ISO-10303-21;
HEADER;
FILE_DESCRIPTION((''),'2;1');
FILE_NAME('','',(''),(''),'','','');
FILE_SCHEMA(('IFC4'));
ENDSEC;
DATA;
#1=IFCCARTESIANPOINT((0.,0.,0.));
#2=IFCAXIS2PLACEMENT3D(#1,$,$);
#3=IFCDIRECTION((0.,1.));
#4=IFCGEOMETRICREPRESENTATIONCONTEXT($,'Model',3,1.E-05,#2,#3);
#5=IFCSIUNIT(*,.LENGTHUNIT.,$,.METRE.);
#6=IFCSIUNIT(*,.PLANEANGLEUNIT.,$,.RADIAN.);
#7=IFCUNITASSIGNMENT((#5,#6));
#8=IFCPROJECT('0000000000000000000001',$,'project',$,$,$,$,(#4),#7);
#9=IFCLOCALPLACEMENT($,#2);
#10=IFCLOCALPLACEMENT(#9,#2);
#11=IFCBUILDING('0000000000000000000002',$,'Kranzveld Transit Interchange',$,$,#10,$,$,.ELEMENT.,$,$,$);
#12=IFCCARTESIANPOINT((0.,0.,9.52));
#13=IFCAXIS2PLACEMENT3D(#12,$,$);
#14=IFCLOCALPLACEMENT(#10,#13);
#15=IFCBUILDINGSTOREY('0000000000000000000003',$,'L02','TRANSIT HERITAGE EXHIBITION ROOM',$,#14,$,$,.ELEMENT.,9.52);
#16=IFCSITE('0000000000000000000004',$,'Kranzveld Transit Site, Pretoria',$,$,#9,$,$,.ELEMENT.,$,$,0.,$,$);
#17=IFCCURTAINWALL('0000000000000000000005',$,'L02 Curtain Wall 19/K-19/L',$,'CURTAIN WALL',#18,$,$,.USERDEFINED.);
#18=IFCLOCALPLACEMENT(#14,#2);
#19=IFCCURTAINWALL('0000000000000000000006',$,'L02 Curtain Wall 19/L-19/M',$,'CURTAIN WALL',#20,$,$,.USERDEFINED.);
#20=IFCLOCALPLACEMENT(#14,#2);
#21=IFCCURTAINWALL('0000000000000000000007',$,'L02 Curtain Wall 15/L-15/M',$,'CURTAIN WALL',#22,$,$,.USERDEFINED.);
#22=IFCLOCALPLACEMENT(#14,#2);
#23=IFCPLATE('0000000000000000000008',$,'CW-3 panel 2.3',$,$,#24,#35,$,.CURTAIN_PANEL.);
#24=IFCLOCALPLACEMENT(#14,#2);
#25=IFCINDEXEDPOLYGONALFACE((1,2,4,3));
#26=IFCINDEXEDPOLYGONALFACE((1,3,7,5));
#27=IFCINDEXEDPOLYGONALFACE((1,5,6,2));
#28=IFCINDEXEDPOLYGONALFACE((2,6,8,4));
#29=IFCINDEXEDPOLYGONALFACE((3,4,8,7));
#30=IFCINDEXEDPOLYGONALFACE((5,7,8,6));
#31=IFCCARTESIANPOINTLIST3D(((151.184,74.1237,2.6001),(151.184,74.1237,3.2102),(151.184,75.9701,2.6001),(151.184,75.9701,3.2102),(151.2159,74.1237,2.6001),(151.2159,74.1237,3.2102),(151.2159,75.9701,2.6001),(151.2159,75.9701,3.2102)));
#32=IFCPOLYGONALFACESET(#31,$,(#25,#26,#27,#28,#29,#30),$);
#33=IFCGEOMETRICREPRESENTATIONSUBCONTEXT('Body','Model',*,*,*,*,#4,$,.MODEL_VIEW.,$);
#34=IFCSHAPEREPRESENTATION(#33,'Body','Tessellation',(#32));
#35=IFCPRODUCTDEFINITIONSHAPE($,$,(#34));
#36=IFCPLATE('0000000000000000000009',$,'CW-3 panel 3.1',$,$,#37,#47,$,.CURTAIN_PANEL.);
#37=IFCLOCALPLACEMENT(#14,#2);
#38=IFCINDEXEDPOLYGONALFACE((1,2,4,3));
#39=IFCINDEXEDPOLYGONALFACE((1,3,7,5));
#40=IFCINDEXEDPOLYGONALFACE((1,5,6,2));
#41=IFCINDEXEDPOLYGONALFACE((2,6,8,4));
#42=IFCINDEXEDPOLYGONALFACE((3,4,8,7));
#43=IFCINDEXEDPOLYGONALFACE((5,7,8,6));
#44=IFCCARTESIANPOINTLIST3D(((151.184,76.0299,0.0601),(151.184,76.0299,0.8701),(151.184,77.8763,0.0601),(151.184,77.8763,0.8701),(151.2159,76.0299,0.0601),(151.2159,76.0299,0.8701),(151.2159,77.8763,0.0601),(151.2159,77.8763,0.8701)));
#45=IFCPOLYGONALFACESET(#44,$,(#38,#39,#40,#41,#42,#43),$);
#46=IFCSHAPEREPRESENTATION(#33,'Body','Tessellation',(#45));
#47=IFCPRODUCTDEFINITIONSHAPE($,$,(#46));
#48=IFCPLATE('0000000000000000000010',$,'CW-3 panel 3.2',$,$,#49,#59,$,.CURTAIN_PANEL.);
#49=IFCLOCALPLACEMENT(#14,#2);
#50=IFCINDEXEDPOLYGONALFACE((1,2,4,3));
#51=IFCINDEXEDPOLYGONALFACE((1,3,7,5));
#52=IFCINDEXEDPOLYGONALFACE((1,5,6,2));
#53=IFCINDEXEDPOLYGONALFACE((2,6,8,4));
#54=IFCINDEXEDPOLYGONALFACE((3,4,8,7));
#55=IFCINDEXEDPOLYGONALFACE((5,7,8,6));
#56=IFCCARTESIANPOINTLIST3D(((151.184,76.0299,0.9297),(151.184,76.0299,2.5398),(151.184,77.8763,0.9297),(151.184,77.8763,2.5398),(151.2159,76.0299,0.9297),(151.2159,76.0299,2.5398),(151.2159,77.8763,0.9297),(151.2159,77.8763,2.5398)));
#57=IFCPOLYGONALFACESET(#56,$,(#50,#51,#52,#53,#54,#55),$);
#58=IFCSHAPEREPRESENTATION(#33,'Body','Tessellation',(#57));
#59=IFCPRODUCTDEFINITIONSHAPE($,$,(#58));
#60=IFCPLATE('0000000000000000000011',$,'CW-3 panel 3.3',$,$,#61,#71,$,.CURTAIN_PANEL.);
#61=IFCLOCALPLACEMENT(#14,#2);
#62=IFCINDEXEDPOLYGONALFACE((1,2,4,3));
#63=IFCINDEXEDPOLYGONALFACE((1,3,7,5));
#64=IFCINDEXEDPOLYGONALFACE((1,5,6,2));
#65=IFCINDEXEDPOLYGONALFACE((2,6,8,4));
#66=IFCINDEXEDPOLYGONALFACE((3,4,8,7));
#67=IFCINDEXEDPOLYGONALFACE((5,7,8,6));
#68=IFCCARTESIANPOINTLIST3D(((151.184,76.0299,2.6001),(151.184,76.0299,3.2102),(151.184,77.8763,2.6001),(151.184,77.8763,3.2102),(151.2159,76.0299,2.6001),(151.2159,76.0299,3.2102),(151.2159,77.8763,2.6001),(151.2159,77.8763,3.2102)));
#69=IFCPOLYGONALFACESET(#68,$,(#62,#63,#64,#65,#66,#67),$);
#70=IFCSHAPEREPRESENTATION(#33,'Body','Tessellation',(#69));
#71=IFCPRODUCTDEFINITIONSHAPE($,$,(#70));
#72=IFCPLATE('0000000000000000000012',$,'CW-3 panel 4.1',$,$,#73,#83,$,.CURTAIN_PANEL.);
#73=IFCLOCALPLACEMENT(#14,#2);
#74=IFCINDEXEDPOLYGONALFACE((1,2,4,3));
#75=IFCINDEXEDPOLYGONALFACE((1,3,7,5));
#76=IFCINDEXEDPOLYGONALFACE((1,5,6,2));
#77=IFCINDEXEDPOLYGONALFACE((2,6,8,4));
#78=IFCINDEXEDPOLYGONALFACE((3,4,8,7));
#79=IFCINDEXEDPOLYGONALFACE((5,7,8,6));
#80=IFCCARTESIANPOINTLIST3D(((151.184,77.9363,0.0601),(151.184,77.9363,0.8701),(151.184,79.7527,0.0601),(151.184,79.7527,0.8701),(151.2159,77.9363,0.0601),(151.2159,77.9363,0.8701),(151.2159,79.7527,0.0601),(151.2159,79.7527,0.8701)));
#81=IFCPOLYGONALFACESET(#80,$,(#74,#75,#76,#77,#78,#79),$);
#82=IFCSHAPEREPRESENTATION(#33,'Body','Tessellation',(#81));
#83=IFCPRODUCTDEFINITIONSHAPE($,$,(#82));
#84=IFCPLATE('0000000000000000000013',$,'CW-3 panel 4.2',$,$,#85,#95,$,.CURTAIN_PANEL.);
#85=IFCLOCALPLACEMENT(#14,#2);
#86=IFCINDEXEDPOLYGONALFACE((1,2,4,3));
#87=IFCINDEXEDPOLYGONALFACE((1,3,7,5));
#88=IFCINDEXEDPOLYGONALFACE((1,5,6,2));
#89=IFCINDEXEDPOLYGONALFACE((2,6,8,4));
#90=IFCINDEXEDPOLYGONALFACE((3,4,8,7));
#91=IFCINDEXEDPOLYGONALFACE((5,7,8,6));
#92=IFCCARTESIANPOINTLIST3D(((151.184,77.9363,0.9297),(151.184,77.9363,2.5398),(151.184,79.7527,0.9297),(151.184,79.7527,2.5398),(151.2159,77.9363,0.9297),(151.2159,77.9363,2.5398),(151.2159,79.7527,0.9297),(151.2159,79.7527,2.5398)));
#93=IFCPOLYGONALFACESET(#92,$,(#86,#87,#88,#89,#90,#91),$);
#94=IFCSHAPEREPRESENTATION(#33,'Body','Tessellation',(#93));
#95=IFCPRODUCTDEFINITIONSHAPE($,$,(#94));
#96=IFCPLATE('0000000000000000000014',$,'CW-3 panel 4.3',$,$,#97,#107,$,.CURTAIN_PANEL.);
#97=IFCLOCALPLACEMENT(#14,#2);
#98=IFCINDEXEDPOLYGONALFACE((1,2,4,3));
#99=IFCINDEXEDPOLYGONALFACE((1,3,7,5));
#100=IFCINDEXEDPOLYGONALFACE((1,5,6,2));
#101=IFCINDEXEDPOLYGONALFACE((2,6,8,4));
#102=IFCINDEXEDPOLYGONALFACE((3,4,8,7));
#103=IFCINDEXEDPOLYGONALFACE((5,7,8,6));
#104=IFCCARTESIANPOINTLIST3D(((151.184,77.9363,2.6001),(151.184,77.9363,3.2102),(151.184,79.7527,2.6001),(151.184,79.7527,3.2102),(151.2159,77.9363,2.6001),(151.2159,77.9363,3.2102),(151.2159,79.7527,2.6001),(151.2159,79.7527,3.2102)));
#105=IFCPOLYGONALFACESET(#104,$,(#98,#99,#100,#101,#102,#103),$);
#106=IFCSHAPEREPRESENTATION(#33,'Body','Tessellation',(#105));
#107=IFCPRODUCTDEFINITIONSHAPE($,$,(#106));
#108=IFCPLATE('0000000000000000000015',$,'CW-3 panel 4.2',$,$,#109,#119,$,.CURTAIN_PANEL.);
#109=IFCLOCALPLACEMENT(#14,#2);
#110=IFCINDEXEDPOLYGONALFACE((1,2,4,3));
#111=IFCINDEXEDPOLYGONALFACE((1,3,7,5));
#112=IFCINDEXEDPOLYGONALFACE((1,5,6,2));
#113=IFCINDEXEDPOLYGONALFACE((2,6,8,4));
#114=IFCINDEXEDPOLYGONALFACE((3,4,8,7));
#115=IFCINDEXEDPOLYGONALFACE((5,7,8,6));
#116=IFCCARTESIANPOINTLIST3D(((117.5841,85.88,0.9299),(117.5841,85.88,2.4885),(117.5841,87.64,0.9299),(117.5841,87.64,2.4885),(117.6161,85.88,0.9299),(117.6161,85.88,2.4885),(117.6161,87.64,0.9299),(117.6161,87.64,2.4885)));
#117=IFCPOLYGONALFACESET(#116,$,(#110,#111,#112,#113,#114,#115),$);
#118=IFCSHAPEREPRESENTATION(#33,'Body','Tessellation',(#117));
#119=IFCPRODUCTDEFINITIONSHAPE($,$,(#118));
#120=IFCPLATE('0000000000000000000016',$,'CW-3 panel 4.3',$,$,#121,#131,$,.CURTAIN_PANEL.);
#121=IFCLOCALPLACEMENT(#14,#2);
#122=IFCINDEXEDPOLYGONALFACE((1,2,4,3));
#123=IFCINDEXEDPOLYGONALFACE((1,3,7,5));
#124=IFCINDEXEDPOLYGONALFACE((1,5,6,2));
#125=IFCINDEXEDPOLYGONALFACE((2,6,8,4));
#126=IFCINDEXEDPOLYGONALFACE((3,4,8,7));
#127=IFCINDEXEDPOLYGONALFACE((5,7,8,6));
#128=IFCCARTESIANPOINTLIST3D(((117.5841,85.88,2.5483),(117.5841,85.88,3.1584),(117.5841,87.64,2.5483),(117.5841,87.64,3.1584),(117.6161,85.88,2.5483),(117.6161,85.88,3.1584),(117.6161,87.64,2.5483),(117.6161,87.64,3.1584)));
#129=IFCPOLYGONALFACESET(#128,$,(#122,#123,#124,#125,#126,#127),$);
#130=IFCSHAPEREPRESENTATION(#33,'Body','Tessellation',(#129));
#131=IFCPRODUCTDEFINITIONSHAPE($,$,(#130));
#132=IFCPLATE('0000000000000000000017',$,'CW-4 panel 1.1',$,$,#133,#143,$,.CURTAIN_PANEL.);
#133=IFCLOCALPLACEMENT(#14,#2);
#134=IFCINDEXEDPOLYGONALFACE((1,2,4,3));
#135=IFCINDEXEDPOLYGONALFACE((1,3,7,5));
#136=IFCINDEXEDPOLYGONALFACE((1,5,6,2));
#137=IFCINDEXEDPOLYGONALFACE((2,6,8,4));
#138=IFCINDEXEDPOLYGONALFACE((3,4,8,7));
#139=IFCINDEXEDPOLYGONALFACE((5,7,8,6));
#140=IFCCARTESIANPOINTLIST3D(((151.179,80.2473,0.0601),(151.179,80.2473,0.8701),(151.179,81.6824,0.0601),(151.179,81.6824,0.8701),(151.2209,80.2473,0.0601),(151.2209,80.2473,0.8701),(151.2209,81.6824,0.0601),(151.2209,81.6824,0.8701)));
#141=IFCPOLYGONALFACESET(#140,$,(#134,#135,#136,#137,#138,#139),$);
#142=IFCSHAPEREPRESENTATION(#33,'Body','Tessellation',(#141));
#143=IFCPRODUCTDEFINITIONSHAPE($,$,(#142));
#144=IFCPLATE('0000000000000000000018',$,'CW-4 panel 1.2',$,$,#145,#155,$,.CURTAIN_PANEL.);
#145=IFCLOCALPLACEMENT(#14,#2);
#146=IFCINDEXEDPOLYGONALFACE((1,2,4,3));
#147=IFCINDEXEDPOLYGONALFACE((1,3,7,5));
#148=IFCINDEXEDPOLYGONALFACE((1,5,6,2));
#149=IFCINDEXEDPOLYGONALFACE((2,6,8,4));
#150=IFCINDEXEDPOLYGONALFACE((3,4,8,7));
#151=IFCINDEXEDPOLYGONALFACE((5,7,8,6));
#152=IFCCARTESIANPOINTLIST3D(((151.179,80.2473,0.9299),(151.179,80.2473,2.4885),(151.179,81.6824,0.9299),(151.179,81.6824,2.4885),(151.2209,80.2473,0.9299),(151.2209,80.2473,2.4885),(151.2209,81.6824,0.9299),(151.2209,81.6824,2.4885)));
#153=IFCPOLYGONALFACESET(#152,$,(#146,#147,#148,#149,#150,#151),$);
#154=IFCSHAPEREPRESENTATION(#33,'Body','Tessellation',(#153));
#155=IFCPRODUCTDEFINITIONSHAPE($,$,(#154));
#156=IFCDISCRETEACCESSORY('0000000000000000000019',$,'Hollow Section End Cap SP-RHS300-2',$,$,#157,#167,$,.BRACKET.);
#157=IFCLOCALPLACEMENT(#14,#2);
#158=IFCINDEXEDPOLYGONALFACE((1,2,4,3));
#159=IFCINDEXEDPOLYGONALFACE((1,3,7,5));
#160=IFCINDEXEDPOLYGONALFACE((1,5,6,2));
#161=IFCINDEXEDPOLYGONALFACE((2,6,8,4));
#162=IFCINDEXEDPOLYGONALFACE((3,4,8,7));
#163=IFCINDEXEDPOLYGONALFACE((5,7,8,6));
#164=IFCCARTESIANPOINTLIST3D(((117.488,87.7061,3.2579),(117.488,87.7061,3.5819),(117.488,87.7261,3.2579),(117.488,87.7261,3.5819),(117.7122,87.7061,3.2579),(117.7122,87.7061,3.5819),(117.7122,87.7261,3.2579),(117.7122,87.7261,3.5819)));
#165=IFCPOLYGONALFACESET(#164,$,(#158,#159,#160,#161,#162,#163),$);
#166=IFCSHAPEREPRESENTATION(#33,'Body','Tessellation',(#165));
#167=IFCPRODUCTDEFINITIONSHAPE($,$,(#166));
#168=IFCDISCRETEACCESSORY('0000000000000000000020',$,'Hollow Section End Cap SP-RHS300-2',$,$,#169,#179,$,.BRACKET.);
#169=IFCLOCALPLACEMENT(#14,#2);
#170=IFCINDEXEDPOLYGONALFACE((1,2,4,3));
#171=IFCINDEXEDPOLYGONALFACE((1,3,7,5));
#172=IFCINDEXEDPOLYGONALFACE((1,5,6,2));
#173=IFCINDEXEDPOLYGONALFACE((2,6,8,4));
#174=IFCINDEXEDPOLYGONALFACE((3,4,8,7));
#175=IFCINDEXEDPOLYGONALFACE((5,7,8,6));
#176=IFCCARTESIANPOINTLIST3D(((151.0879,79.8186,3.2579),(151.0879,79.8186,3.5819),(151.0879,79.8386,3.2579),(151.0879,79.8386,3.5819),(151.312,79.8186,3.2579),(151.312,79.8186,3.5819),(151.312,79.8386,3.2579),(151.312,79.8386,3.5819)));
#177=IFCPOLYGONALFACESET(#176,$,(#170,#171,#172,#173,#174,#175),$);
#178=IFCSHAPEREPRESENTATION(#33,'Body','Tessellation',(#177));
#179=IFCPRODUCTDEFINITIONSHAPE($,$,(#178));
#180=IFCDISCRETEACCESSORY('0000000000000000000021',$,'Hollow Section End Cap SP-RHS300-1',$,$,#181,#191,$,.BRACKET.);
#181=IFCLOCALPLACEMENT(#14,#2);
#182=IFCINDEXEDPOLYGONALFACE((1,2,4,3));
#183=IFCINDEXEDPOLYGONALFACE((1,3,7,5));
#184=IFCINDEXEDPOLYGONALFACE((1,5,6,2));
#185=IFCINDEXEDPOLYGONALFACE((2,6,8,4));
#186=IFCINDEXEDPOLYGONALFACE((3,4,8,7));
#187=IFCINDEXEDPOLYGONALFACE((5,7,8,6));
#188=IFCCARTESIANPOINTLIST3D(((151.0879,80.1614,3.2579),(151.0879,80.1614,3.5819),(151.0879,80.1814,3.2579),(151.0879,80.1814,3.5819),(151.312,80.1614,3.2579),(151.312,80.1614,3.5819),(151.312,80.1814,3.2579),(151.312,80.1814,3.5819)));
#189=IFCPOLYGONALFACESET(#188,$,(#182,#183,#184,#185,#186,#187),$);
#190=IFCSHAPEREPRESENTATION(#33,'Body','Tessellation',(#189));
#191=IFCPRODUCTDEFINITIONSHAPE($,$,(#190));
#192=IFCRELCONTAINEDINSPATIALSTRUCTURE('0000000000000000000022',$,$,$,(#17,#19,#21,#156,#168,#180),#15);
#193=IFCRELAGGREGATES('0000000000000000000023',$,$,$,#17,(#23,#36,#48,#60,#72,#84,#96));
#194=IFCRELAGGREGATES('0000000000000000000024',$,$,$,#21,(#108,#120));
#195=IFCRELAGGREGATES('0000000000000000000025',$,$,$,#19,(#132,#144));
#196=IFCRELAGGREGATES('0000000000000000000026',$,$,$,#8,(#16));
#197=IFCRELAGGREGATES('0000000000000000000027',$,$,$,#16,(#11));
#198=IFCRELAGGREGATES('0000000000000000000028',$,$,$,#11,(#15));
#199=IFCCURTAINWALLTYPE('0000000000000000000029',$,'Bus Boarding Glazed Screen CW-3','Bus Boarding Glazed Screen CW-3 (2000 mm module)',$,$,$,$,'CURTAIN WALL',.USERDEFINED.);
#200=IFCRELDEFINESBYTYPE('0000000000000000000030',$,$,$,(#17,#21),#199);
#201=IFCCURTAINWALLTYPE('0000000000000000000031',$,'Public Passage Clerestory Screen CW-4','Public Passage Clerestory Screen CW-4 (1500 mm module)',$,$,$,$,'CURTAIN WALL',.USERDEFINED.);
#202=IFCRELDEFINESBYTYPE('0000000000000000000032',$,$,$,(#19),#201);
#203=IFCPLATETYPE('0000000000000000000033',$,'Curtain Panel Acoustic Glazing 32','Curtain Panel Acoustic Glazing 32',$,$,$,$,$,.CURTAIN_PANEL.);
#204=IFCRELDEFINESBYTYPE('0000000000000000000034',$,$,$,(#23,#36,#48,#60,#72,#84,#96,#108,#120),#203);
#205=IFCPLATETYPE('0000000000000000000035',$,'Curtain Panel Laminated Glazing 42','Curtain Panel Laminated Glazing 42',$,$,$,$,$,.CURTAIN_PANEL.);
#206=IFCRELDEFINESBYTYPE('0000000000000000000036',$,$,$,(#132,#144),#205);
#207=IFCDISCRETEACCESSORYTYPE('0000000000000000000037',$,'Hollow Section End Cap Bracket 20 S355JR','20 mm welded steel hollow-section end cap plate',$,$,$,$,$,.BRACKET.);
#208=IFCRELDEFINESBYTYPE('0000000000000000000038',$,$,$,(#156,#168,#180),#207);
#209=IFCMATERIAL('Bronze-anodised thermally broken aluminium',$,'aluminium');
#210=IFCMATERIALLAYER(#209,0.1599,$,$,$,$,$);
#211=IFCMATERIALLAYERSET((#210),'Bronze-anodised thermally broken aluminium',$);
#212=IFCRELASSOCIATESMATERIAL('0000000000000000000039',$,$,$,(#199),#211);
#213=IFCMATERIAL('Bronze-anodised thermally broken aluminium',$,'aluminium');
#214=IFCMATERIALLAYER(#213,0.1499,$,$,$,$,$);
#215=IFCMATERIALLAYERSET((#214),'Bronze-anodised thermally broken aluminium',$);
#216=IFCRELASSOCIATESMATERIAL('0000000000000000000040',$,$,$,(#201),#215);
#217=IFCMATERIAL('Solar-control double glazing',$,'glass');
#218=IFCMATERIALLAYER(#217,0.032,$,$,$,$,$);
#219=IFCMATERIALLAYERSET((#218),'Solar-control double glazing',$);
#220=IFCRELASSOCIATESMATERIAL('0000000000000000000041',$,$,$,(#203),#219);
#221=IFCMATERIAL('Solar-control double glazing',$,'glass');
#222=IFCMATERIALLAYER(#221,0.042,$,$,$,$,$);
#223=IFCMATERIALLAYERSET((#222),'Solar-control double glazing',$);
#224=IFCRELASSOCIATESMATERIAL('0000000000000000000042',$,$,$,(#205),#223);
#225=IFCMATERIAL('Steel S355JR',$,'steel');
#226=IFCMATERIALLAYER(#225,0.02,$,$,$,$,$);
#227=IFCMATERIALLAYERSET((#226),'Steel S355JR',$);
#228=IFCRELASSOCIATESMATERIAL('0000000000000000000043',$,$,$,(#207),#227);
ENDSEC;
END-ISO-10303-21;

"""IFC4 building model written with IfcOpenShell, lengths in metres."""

from ifc_helpers import new_model, si_unit, direction, frame, origin, origin_2d, place, context, subcontext, project, spatial, rectangle, extrude, material, layer, layer_set, type_object, element, aggregate, save


model = new_model("IFC4")

# Units and contexts
model_context = context("Model", 3, precision=1e-05, world=origin(), true_north=direction((0.0, 1.0)))
body_context = subcontext(model_context, "Body", "Model", "MODEL_VIEW")
ifc_project = project(units=[si_unit("LENGTHUNIT", "METRE"), si_unit("PLANEANGLEUNIT", "RADIAN")], contexts=[model_context])

# Site, building, storey
site_placement = place(None, origin())
site = spatial("IfcSite", under=ifc_project, at=site_placement, Name="Kranzveld Transit Site, Pretoria", CompositionType="ELEMENT", RefElevation=0.0)
building_placement = place(site_placement, origin())
building = spatial("IfcBuilding", under=site, at=building_placement, Name="Kranzveld Transit Interchange", CompositionType="ELEMENT")
storey_placement = place(building_placement, frame((0.0, 0.0, 9.52)))
storey = spatial("IfcBuildingStorey", under=building, at=storey_placement, Name="L02", Description="TRANSIT HERITAGE EXHIBITION ROOM", CompositionType="ELEMENT", Elevation=9.52)

# Curtain wall
ifc_material_1 = material(Name="Bronze-anodised thermally broken aluminium", Category="aluminium")
ifc_layer_1 = layer(ifc_material_1, 0.1599)
ifc_layer_set_1 = layer_set([ifc_layer_1], Name="Bronze-anodised thermally broken aluminium")
curtain_wall_type_1 = type_object("IfcCurtainWallType", Name="Bus Boarding Glazed Screen CW-3", Description="Bus Boarding Glazed Screen CW-3 (2000 mm module)", ElementType="CURTAIN WALL", PredefinedType="USERDEFINED", material=ifc_layer_set_1)
curtain_wall_1_placement = place(storey_placement, origin())
curtain_wall_1 = element("IfcCurtainWall", 1, at=curtain_wall_1_placement, inside=storey, type_object=curtain_wall_type_1, Name="L02 Curtain Wall 19/K-19/L", ObjectType="CURTAIN WALL", PredefinedType="USERDEFINED")

# Curtain walls
ifc_material_2 = material(Name="Bronze-anodised thermally broken aluminium", Category="aluminium")
ifc_layer_2 = layer(ifc_material_2, 0.1499)
ifc_layer_set_2 = layer_set([ifc_layer_2], Name="Bronze-anodised thermally broken aluminium")
curtain_wall_type_2 = type_object("IfcCurtainWallType", Name="Public Passage Clerestory Screen CW-4", Description="Public Passage Clerestory Screen CW-4 (1500 mm module)", ElementType="CURTAIN WALL", PredefinedType="USERDEFINED", material=ifc_layer_set_2)
curtain_wall_2_placement = place(storey_placement, origin())
curtain_wall_2 = element("IfcCurtainWall", 2, at=curtain_wall_2_placement, inside=storey, type_object=curtain_wall_type_2, Name="L02 Curtain Wall 19/L-19/M", ObjectType="CURTAIN WALL", PredefinedType="USERDEFINED")
curtain_wall_3_placement = place(storey_placement, origin())
curtain_wall_3 = element("IfcCurtainWall", 3, at=curtain_wall_3_placement, inside=storey, type_object=curtain_wall_type_1, Name="L02 Curtain Wall 15/L-15/M", ObjectType="CURTAIN WALL", PredefinedType="USERDEFINED")

# Plates
ifc_material_3 = material(Name="Solar-control double glazing", Category="glass")
ifc_layer_3 = layer(ifc_material_3, 0.032)
ifc_layer_set_3 = layer_set([ifc_layer_3], Name="Solar-control double glazing")
plate_type_1 = type_object("IfcPlateType", Name="Curtain Panel Acoustic Glazing 32", Description="Curtain Panel Acoustic Glazing 32", PredefinedType="CURTAIN_PANEL", material=ifc_layer_set_3)
plate_1_placement = place(storey_placement, frame((151.2, 75.0469, 2.6001), z_axis=(0.0, 0.0, 1.0), x_axis=(0.0, 1.0, 0.0)))
plate_1 = element("IfcPlate", 4, at=plate_1_placement, type_object=plate_type_1, Name="CW-3 panel 2.3", PredefinedType="CURTAIN_PANEL", context=body_context, shape_type="SweptSolid", body=[
    extrude(rectangle(XDim=1.8464, YDim=0.032, at=origin_2d()), origin(), (0.0, 0.0, 1.0), 0.6101),
])
plate_2_placement = place(storey_placement, frame((151.2, 76.9531, 0.0601), z_axis=(0.0, 0.0, 1.0), x_axis=(0.0, 1.0, 0.0)))
plate_2 = element("IfcPlate", 5, at=plate_2_placement, type_object=plate_type_1, Name="CW-3 panel 3.1", PredefinedType="CURTAIN_PANEL", context=body_context, shape_type="SweptSolid", body=[
    extrude(rectangle(XDim=1.8464, YDim=0.032, at=origin_2d()), origin(), (0.0, 0.0, 1.0), 0.8101),
])
plate_3_placement = place(storey_placement, frame((151.2, 76.9531, 0.9297), z_axis=(0.0, 0.0, 1.0), x_axis=(0.0, 1.0, 0.0)))
plate_3 = element("IfcPlate", 6, at=plate_3_placement, type_object=plate_type_1, Name="CW-3 panel 3.2", PredefinedType="CURTAIN_PANEL", context=body_context, shape_type="SweptSolid", body=[
    extrude(rectangle(XDim=1.8464, YDim=0.032, at=origin_2d()), origin(), (0.0, 0.0, 1.0), 1.6101),
])
plate_4_placement = place(storey_placement, frame((151.2, 76.9531, 2.6001), z_axis=(0.0, 0.0, 1.0), x_axis=(0.0, 1.0, 0.0)))
plate_4 = element("IfcPlate", 7, at=plate_4_placement, type_object=plate_type_1, Name="CW-3 panel 3.3", PredefinedType="CURTAIN_PANEL", context=body_context, shape_type="SweptSolid", body=[
    extrude(rectangle(XDim=1.8464, YDim=0.032, at=origin_2d()), origin(), (0.0, 0.0, 1.0), 0.6101),
])
plate_5_placement = place(storey_placement, frame((151.2, 78.8445, 0.0601), z_axis=(0.0, 0.0, 1.0), x_axis=(0.0, 1.0, 0.0)))
plate_5 = element("IfcPlate", 8, at=plate_5_placement, type_object=plate_type_1, Name="CW-3 panel 4.1", PredefinedType="CURTAIN_PANEL", context=body_context, shape_type="SweptSolid", body=[
    extrude(rectangle(XDim=1.8164, YDim=0.032, at=origin_2d()), origin(), (0.0, 0.0, 1.0), 0.8101),
])
plate_6_placement = place(storey_placement, frame((151.2, 78.8445, 0.9297), z_axis=(0.0, 0.0, 1.0), x_axis=(0.0, 1.0, 0.0)))
plate_6 = element("IfcPlate", 9, at=plate_6_placement, type_object=plate_type_1, Name="CW-3 panel 4.2", PredefinedType="CURTAIN_PANEL", context=body_context, shape_type="SweptSolid", body=[
    extrude(rectangle(XDim=1.8164, YDim=0.032, at=origin_2d()), origin(), (0.0, 0.0, 1.0), 1.6101),
])
plate_7_placement = place(storey_placement, frame((151.2, 78.8445, 2.6001), z_axis=(0.0, 0.0, 1.0), x_axis=(0.0, 1.0, 0.0)))
plate_7 = element("IfcPlate", 10, at=plate_7_placement, type_object=plate_type_1, Name="CW-3 panel 4.3", PredefinedType="CURTAIN_PANEL", context=body_context, shape_type="SweptSolid", body=[
    extrude(rectangle(XDim=1.8164, YDim=0.032, at=origin_2d()), origin(), (0.0, 0.0, 1.0), 0.6101),
])
aggregate(curtain_wall_1, [plate_1, plate_2, plate_3, plate_4, plate_5, plate_6, plate_7])
plate_8_placement = place(storey_placement, frame((117.6001, 86.76, 0.9299), z_axis=(0.0, 0.0, 1.0), x_axis=(0.0, 1.0, 0.0)))
plate_8 = element("IfcPlate", 11, at=plate_8_placement, type_object=plate_type_1, Name="CW-3 panel 4.2", PredefinedType="CURTAIN_PANEL", context=body_context, shape_type="SweptSolid", body=[
    extrude(rectangle(XDim=1.76, YDim=0.032, at=origin_2d()), origin(), (0.0, 0.0, 1.0), 1.5586),
])
plate_9_placement = place(storey_placement, frame((117.6001, 86.76, 2.5483), z_axis=(0.0, 0.0, 1.0), x_axis=(0.0, 1.0, 0.0)))
plate_9 = element("IfcPlate", 12, at=plate_9_placement, type_object=plate_type_1, Name="CW-3 panel 4.3", PredefinedType="CURTAIN_PANEL", context=body_context, shape_type="SweptSolid", body=[
    extrude(rectangle(XDim=1.76, YDim=0.032, at=origin_2d()), origin(), (0.0, 0.0, 1.0), 0.6101),
])
aggregate(curtain_wall_3, [plate_8, plate_9])
ifc_material_4 = material(Name="Solar-control double glazing", Category="glass")
ifc_layer_4 = layer(ifc_material_4, 0.042)
ifc_layer_set_4 = layer_set([ifc_layer_4], Name="Solar-control double glazing")
plate_type_2 = type_object("IfcPlateType", Name="Curtain Panel Laminated Glazing 42", Description="Curtain Panel Laminated Glazing 42", PredefinedType="CURTAIN_PANEL", material=ifc_layer_set_4)
plate_10_placement = place(storey_placement, frame((151.2, 80.9648, 0.0601), z_axis=(0.0, 0.0, 1.0), x_axis=(0.0, 1.0, 0.0)))
plate_10 = element("IfcPlate", 13, at=plate_10_placement, type_object=plate_type_2, Name="CW-4 panel 1.1", PredefinedType="CURTAIN_PANEL", context=body_context, shape_type="SweptSolid", body=[
    extrude(rectangle(XDim=1.4351, YDim=0.042, at=origin_2d()), origin(), (0.0, 0.0, 1.0), 0.8101),
])
plate_11_placement = place(storey_placement, frame((151.2, 80.9648, 0.9299), z_axis=(0.0, 0.0, 1.0), x_axis=(0.0, 1.0, 0.0)))
plate_11 = element("IfcPlate", 14, at=plate_11_placement, type_object=plate_type_2, Name="CW-4 panel 1.2", PredefinedType="CURTAIN_PANEL", context=body_context, shape_type="SweptSolid", body=[
    extrude(rectangle(XDim=1.4351, YDim=0.042, at=origin_2d()), origin(), (0.0, 0.0, 1.0), 1.5586),
])
aggregate(curtain_wall_2, [plate_10, plate_11])

# Discrete accessories
ifc_material_5 = material(Name="Steel S355JR", Category="steel")
ifc_layer_5 = layer(ifc_material_5, 0.02)
ifc_layer_set_5 = layer_set([ifc_layer_5], Name="Steel S355JR")
discrete_accessory_type = type_object("IfcDiscreteAccessoryType", Name="Hollow Section End Cap Bracket 20 S355JR", Description="20 mm welded steel hollow-section end cap plate", PredefinedType="BRACKET", material=ifc_layer_set_5)
for number, where, z_axis, x_axis, name in (
    (15, (117.6001, 87.7061, 3.4199), (0.0, 1.0, 0.0), (-1.0, 0.0, 0.0), "Hollow Section End Cap SP-RHS300-2"),
    (16, (151.2, 79.8186, 3.4199), (0.0, 1.0, 0.0), (-1.0, 0.0, 0.0), "Hollow Section End Cap SP-RHS300-2"),
    (17, (151.2, 80.1814, 3.4199), (0.0, -1.0, 0.0), (1.0, 0.0, 0.0), "Hollow Section End Cap SP-RHS300-1"),
):
    element("IfcDiscreteAccessory", number, at=place(storey_placement, frame(where, z_axis=z_axis, x_axis=x_axis)), inside=storey, type_object=discrete_accessory_type, Name=name, PredefinedType="BRACKET", context=body_context, shape_type="SweptSolid", body=[
        extrude(rectangle(XDim=0.2241, YDim=0.324, at=origin_2d()), origin(), (0.0, 0.0, 1.0), 0.02),
    ])

save(model, "model.ifc")
